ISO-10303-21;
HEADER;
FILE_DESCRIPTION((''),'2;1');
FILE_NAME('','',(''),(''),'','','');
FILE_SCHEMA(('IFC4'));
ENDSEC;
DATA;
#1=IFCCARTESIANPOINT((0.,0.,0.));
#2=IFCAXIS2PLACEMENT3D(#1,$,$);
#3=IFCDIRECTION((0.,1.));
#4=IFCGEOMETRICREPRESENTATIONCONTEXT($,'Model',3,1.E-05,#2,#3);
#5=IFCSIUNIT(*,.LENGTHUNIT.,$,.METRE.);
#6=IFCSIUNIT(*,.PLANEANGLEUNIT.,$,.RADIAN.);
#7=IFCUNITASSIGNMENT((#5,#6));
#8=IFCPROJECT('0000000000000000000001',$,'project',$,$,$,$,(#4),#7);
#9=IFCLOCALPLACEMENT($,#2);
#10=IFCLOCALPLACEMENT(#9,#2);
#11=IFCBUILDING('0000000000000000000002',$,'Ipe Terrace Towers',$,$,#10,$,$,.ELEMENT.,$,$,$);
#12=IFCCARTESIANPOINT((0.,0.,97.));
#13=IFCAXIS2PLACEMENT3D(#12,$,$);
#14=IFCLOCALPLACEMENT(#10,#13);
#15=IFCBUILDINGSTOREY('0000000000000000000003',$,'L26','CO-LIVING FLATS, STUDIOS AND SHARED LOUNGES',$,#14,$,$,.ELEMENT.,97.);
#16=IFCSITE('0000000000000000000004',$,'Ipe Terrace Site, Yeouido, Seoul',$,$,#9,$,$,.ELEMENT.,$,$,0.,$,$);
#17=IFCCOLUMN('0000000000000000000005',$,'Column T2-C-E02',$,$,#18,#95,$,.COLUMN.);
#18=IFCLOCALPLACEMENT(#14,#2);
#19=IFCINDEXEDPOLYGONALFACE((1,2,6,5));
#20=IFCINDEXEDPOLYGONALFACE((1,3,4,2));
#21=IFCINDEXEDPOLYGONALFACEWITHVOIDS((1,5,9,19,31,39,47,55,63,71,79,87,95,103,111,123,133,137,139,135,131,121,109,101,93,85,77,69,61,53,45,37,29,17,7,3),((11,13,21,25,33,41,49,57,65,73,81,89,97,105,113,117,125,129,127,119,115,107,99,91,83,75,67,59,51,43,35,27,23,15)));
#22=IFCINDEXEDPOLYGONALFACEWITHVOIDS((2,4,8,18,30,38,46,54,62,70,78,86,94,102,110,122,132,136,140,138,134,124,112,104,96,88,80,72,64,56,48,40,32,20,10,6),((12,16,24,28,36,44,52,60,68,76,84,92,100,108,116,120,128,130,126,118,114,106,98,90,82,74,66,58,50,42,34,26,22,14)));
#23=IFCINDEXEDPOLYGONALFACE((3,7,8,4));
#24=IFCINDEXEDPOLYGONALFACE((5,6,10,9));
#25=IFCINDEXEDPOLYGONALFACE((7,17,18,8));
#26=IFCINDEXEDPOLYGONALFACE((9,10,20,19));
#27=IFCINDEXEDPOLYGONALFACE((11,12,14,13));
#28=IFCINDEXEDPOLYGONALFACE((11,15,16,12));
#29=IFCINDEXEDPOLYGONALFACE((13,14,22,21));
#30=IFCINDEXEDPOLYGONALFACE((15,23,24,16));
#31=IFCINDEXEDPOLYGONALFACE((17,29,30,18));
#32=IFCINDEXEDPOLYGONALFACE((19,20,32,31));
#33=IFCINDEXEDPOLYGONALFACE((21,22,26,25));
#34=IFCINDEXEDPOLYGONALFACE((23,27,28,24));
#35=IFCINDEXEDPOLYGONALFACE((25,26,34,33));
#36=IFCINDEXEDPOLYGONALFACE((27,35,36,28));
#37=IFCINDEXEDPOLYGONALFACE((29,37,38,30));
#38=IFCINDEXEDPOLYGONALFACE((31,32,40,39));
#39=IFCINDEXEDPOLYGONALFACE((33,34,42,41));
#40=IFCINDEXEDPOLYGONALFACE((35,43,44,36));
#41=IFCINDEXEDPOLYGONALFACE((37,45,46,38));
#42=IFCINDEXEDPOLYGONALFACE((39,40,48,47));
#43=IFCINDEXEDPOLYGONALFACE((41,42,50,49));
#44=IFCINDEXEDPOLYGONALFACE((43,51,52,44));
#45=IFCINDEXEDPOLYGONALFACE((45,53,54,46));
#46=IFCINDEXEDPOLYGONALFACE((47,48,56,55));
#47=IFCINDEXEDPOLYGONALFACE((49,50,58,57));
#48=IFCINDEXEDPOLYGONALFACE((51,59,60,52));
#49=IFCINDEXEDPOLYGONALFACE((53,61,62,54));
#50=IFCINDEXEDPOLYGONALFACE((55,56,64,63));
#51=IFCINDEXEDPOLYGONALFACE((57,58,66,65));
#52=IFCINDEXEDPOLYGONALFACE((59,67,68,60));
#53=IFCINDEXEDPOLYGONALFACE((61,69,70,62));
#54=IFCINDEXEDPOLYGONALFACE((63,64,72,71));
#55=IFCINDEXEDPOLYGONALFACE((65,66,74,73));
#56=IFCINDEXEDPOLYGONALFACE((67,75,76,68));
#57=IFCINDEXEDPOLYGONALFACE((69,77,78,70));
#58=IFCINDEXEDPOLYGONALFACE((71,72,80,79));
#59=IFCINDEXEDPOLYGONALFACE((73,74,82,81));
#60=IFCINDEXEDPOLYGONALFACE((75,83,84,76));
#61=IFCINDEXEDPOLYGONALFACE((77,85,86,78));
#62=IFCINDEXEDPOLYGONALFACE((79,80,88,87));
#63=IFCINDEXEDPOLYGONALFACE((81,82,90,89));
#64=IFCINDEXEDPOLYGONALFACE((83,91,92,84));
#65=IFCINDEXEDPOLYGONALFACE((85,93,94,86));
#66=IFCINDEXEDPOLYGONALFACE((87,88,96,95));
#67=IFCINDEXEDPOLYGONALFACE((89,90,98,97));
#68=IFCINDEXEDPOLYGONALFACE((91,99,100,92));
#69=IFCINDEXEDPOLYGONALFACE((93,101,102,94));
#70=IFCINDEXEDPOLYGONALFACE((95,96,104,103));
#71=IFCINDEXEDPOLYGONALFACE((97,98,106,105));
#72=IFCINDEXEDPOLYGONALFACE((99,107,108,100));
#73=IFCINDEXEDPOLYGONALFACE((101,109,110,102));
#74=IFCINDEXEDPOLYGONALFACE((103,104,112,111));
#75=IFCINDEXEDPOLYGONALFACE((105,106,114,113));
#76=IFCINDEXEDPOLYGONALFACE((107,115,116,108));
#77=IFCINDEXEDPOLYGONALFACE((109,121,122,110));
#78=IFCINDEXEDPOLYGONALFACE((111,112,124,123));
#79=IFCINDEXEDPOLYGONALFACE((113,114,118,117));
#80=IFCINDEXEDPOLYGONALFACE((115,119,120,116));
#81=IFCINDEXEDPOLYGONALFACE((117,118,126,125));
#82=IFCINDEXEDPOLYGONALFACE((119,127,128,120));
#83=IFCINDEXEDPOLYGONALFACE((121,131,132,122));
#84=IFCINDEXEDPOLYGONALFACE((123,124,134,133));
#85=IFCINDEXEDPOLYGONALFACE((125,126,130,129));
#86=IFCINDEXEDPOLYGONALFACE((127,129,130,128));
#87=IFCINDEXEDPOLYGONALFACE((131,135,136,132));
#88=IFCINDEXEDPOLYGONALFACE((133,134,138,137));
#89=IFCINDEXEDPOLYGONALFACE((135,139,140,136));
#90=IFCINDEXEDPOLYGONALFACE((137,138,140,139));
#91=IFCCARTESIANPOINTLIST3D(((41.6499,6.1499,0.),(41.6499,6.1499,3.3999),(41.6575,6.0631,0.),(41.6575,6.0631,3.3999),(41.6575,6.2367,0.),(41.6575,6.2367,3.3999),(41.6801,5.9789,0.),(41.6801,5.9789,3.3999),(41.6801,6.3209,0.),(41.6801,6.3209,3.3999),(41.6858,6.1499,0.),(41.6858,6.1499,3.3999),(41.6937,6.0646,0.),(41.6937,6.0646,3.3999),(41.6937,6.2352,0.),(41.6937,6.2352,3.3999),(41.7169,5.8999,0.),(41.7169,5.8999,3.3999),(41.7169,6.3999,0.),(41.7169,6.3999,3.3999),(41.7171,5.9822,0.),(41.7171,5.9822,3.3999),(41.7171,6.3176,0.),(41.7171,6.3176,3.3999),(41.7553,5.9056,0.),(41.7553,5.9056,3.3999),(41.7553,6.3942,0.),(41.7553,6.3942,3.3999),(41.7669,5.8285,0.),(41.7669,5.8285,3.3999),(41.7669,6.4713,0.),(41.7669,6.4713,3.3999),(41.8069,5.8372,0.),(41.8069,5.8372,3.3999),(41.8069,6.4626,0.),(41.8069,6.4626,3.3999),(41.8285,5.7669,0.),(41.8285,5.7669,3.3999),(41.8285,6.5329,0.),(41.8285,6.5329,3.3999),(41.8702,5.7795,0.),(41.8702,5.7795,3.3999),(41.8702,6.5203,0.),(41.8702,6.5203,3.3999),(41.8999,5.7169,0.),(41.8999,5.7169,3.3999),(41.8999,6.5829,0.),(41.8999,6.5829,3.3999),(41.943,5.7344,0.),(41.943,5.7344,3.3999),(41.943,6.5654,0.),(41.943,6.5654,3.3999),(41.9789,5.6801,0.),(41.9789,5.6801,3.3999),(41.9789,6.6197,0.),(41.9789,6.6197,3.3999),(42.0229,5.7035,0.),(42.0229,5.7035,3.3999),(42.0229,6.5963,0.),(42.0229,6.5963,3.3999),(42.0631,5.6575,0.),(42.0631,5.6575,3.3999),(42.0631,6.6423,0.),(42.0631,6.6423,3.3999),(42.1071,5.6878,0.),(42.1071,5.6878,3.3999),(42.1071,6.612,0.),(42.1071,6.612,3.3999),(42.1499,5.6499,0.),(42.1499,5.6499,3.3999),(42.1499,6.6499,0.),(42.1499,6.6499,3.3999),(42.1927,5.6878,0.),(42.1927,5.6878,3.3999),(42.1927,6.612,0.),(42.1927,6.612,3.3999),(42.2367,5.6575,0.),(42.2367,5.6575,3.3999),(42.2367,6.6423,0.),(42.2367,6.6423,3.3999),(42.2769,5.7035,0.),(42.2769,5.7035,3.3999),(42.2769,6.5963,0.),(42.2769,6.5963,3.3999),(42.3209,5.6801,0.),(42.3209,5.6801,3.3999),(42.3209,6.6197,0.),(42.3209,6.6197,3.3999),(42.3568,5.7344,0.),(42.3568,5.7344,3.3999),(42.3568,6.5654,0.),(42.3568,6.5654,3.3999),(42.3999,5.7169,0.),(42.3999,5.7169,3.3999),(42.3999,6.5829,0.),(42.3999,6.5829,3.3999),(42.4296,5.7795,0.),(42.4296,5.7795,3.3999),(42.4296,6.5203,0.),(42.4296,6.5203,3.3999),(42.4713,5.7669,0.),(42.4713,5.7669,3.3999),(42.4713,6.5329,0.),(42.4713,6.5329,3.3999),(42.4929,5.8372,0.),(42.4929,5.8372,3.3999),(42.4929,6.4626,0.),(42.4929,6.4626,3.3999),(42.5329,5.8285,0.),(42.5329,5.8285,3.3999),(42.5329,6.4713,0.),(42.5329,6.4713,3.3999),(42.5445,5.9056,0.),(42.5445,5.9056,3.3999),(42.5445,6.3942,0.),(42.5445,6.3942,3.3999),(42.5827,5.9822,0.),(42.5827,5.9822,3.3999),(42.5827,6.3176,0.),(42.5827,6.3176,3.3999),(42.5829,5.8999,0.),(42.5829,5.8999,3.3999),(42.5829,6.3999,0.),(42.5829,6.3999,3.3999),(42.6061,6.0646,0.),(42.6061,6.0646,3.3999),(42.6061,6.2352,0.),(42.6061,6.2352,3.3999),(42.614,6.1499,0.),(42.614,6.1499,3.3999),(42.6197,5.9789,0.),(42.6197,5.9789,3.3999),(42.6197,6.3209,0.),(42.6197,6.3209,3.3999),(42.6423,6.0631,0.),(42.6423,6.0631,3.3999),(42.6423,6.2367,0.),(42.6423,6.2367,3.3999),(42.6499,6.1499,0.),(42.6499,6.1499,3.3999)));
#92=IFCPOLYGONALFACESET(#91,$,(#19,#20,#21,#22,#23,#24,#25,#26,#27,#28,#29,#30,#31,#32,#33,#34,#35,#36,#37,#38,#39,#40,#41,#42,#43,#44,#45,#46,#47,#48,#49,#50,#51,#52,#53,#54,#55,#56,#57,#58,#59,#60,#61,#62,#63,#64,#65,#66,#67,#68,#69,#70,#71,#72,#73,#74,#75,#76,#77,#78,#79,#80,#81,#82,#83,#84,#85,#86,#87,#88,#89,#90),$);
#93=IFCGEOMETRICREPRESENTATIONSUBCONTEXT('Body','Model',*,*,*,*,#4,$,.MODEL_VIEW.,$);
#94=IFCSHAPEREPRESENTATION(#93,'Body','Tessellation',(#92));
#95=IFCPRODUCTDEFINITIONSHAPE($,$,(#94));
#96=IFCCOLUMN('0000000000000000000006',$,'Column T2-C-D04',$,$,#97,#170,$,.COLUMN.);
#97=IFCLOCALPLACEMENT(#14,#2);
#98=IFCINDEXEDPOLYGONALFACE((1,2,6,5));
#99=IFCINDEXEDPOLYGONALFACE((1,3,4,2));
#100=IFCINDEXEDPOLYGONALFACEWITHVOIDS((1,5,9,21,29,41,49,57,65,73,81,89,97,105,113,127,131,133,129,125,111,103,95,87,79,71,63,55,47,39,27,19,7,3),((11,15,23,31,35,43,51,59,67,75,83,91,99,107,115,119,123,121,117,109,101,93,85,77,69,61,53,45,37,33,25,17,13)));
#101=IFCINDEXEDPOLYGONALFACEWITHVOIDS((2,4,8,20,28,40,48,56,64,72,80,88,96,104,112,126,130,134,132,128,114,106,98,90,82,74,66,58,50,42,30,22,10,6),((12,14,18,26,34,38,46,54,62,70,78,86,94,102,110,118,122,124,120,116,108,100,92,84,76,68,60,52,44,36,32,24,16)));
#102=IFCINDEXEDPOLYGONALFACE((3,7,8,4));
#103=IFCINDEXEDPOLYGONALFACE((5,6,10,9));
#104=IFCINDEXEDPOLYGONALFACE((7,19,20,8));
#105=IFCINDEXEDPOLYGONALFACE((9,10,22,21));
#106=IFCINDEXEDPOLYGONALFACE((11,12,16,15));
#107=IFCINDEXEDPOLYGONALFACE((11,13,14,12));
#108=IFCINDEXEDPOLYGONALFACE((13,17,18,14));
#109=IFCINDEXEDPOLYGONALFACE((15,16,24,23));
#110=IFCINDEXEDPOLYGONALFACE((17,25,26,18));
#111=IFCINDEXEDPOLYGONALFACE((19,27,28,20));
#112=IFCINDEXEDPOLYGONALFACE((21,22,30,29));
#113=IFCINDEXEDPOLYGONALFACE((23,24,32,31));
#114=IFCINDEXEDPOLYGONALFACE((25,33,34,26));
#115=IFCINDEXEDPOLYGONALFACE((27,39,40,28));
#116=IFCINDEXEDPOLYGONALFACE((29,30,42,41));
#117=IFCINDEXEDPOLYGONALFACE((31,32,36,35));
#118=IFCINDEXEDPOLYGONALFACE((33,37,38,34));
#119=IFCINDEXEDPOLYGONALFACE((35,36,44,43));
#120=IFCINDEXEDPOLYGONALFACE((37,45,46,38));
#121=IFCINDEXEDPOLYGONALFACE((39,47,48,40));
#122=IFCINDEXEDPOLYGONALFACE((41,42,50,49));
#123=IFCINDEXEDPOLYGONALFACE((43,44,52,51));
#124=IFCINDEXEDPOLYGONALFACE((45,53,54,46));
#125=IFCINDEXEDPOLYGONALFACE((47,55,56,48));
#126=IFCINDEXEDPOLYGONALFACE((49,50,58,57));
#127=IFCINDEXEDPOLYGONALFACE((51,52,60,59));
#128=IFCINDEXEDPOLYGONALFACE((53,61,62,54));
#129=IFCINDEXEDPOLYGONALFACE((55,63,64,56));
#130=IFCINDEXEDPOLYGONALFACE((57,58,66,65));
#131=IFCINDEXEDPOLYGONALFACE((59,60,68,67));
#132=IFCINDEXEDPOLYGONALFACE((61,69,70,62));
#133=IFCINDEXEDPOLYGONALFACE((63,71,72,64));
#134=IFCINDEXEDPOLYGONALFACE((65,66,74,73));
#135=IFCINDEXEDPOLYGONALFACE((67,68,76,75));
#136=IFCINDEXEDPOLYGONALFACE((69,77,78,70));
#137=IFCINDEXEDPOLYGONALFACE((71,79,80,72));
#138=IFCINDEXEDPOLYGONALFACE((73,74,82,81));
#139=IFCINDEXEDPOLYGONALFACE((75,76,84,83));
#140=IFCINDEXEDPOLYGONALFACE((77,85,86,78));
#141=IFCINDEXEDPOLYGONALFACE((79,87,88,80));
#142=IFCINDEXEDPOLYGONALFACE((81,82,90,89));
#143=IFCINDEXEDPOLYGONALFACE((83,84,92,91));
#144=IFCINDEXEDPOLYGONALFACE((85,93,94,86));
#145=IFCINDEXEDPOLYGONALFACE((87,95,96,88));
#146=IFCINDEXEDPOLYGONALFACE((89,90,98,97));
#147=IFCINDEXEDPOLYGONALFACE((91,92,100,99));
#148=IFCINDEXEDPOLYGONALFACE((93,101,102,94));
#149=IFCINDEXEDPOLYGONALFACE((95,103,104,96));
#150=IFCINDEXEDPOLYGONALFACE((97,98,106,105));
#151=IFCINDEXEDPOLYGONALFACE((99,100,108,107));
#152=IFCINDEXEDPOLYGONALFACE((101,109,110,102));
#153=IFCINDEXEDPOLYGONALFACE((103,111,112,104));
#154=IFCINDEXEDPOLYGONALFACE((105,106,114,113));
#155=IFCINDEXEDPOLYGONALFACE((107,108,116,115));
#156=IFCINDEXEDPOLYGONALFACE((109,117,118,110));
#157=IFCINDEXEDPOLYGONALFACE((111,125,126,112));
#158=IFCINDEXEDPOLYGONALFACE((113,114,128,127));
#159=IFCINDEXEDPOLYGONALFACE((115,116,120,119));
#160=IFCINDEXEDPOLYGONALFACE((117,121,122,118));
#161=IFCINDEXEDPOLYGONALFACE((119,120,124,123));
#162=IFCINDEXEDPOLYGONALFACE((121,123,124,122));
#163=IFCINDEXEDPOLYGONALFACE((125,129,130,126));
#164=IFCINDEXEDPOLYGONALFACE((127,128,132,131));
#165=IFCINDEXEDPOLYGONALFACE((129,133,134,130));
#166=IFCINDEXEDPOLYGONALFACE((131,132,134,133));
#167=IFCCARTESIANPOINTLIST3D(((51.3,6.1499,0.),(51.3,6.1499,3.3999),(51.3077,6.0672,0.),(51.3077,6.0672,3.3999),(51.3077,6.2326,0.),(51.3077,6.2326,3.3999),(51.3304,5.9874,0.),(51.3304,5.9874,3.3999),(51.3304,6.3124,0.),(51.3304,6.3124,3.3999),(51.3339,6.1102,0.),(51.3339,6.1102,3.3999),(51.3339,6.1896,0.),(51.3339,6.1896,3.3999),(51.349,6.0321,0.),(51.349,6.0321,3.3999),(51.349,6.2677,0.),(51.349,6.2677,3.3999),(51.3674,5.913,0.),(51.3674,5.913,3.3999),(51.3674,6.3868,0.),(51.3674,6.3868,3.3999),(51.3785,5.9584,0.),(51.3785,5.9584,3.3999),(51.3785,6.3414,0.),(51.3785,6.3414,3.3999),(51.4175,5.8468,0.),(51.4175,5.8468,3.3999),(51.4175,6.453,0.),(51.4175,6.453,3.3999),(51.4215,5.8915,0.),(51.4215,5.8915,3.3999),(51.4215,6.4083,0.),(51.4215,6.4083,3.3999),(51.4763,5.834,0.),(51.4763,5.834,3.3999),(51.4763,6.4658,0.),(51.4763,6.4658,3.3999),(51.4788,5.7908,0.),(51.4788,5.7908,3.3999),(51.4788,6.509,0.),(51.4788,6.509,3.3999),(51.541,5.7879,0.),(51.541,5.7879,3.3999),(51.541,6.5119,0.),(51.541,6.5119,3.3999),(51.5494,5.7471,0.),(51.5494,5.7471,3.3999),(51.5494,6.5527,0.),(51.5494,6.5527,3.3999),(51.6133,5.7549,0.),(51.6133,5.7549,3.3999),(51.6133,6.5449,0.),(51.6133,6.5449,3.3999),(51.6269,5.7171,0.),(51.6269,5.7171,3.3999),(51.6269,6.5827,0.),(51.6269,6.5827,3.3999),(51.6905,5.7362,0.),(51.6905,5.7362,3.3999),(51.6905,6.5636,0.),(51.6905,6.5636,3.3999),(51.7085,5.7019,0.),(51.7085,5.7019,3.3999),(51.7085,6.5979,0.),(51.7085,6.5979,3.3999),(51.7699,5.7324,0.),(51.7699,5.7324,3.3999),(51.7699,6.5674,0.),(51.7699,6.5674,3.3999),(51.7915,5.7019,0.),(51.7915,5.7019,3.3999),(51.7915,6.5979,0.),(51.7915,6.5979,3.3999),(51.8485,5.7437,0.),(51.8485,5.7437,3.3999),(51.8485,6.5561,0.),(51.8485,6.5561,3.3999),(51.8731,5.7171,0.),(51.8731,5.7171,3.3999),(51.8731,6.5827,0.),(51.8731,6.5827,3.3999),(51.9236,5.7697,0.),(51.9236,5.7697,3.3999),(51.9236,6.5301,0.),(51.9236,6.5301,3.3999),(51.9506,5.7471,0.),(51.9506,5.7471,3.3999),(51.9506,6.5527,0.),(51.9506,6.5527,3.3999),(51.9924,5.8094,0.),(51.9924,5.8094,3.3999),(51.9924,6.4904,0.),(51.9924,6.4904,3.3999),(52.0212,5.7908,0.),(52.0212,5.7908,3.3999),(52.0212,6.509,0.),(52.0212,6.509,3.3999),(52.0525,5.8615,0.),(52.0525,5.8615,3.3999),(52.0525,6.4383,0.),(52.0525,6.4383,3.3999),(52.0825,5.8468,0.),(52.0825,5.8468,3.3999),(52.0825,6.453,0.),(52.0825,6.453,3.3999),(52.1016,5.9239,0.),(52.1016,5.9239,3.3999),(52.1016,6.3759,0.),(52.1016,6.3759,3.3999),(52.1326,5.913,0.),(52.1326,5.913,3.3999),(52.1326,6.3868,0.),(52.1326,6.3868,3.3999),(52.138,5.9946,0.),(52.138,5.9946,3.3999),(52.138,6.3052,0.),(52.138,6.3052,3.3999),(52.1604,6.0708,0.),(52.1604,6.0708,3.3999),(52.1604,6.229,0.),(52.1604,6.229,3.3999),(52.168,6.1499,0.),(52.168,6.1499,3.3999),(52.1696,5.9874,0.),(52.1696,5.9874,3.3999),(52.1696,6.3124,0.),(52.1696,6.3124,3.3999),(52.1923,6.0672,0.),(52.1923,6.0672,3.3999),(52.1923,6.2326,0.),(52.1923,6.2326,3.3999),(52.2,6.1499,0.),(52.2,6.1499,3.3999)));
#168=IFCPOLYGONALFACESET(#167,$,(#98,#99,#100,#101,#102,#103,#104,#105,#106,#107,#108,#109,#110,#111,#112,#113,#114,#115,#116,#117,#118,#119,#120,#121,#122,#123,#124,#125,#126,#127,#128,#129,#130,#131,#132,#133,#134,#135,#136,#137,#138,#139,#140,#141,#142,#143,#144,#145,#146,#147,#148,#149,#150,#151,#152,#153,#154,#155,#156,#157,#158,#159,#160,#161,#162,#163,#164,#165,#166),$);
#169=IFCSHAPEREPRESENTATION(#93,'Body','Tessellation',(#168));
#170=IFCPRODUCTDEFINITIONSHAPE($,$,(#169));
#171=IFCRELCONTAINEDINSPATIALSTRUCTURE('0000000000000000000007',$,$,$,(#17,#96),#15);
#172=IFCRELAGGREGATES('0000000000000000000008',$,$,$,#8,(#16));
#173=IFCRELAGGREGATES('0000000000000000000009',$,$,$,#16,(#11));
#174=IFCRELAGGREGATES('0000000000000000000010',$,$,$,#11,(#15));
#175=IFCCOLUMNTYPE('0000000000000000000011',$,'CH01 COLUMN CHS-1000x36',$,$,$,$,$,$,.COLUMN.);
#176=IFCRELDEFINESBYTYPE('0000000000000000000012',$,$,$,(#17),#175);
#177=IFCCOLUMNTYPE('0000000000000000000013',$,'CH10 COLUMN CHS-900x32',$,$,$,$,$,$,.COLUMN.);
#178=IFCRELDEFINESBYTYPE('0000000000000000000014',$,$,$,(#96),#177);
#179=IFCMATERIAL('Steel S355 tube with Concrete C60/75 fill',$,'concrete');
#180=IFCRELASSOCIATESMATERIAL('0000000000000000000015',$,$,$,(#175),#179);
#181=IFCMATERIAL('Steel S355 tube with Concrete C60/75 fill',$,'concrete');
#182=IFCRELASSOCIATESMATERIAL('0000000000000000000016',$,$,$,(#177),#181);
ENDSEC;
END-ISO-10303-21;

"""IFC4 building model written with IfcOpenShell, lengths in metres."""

from ifc_helpers import new_model, si_unit, direction, frame, origin, origin_2d, place, context, subcontext, project, spatial, hollow_circle, extrude, material, material_profile, profile_set, type_object, element, save


model = new_model("IFC4")

# Units and contexts
model_context = context("Model", 3, precision=1e-05, world=origin(), true_north=direction((0.0, 1.0)))
body_context = subcontext(model_context, "Body", "Model", "MODEL_VIEW")
ifc_project = project(units=[si_unit("LENGTHUNIT", "METRE"), si_unit("PLANEANGLEUNIT", "RADIAN")], contexts=[model_context])

# Site, building, storey
site_placement = place(None, origin())
site = spatial("IfcSite", under=ifc_project, at=site_placement, Name="Ipe Terrace Site, Yeouido, Seoul", CompositionType="ELEMENT", RefElevation=0.0)
building_placement = place(site_placement, origin())
building = spatial("IfcBuilding", under=site, at=building_placement, Name="Ipe Terrace Towers", CompositionType="ELEMENT")
storey_placement = place(building_placement, frame((0.0, 0.0, 97.0)))
storey = spatial("IfcBuildingStorey", under=building, at=storey_placement, Name="L26", Description="CO-LIVING FLATS, STUDIOS AND SHARED LOUNGES", CompositionType="ELEMENT", Elevation=97.0)

# Columns
ifc_material_1 = material(Name="Steel S355 tube with Concrete C60/75 fill", Category="concrete")
ifc_material_profile_1 = material_profile(ifc_material_1, hollow_circle(Radius=0.5, WallThickness=0.0359, at=origin_2d()), Name="CHS-1000x36")
ifc_profile_set_1 = profile_set([ifc_material_profile_1], Name="Steel S355 tube with Concrete C60/75 fill")
column_type_1 = type_object("IfcColumnType", Name="CH01 COLUMN CHS-1000x36", PredefinedType="COLUMN", material=ifc_profile_set_1)
column_placement = place(storey_placement, frame((42.1499, 6.1499, 0.0), z_axis=(0.0, 0.0, 1.0), x_axis=(1.0, 0.0, 0.0)))
element("IfcColumn", 1, at=column_placement, inside=storey, type_object=column_type_1, Name="Column T2-C-E02", PredefinedType="COLUMN", context=body_context, shape_type="SweptSolid", body=[
    extrude(hollow_circle(Radius=0.5, WallThickness=0.0359, at=origin_2d()), origin(), (0.0, 0.0, 1.0), 3.3999),
])
ifc_material_2 = material(Name="Steel S355 tube with Concrete C60/75 fill", Category="concrete")
ifc_material_profile_2 = material_profile(ifc_material_2, hollow_circle(Radius=0.45, WallThickness=0.032, at=origin_2d()), Name="CHS-900x32")
ifc_profile_set_2 = profile_set([ifc_material_profile_2], Name="Steel S355 tube with Concrete C60/75 fill")
column_type_2 = type_object("IfcColumnType", Name="CH10 COLUMN CHS-900x32", PredefinedType="COLUMN", material=ifc_profile_set_2)
for number, where, z_axis, x_axis, name in (
    (2, (51.75, 6.1499, 0.0), (0.0, 0.0, 1.0), (1.0, 0.0, 0.0), "Column T2-C-D04"),
):
    element("IfcColumn", number, at=place(storey_placement, frame(where, z_axis=z_axis, x_axis=x_axis)), inside=storey, type_object=column_type_2, Name=name, PredefinedType="COLUMN", context=body_context, shape_type="SweptSolid", body=[
        extrude(hollow_circle(Radius=0.45, WallThickness=0.032, at=origin_2d()), origin(), (0.0, 0.0, 1.0), 3.3999),
    ])

save(model, "model.ifc")
